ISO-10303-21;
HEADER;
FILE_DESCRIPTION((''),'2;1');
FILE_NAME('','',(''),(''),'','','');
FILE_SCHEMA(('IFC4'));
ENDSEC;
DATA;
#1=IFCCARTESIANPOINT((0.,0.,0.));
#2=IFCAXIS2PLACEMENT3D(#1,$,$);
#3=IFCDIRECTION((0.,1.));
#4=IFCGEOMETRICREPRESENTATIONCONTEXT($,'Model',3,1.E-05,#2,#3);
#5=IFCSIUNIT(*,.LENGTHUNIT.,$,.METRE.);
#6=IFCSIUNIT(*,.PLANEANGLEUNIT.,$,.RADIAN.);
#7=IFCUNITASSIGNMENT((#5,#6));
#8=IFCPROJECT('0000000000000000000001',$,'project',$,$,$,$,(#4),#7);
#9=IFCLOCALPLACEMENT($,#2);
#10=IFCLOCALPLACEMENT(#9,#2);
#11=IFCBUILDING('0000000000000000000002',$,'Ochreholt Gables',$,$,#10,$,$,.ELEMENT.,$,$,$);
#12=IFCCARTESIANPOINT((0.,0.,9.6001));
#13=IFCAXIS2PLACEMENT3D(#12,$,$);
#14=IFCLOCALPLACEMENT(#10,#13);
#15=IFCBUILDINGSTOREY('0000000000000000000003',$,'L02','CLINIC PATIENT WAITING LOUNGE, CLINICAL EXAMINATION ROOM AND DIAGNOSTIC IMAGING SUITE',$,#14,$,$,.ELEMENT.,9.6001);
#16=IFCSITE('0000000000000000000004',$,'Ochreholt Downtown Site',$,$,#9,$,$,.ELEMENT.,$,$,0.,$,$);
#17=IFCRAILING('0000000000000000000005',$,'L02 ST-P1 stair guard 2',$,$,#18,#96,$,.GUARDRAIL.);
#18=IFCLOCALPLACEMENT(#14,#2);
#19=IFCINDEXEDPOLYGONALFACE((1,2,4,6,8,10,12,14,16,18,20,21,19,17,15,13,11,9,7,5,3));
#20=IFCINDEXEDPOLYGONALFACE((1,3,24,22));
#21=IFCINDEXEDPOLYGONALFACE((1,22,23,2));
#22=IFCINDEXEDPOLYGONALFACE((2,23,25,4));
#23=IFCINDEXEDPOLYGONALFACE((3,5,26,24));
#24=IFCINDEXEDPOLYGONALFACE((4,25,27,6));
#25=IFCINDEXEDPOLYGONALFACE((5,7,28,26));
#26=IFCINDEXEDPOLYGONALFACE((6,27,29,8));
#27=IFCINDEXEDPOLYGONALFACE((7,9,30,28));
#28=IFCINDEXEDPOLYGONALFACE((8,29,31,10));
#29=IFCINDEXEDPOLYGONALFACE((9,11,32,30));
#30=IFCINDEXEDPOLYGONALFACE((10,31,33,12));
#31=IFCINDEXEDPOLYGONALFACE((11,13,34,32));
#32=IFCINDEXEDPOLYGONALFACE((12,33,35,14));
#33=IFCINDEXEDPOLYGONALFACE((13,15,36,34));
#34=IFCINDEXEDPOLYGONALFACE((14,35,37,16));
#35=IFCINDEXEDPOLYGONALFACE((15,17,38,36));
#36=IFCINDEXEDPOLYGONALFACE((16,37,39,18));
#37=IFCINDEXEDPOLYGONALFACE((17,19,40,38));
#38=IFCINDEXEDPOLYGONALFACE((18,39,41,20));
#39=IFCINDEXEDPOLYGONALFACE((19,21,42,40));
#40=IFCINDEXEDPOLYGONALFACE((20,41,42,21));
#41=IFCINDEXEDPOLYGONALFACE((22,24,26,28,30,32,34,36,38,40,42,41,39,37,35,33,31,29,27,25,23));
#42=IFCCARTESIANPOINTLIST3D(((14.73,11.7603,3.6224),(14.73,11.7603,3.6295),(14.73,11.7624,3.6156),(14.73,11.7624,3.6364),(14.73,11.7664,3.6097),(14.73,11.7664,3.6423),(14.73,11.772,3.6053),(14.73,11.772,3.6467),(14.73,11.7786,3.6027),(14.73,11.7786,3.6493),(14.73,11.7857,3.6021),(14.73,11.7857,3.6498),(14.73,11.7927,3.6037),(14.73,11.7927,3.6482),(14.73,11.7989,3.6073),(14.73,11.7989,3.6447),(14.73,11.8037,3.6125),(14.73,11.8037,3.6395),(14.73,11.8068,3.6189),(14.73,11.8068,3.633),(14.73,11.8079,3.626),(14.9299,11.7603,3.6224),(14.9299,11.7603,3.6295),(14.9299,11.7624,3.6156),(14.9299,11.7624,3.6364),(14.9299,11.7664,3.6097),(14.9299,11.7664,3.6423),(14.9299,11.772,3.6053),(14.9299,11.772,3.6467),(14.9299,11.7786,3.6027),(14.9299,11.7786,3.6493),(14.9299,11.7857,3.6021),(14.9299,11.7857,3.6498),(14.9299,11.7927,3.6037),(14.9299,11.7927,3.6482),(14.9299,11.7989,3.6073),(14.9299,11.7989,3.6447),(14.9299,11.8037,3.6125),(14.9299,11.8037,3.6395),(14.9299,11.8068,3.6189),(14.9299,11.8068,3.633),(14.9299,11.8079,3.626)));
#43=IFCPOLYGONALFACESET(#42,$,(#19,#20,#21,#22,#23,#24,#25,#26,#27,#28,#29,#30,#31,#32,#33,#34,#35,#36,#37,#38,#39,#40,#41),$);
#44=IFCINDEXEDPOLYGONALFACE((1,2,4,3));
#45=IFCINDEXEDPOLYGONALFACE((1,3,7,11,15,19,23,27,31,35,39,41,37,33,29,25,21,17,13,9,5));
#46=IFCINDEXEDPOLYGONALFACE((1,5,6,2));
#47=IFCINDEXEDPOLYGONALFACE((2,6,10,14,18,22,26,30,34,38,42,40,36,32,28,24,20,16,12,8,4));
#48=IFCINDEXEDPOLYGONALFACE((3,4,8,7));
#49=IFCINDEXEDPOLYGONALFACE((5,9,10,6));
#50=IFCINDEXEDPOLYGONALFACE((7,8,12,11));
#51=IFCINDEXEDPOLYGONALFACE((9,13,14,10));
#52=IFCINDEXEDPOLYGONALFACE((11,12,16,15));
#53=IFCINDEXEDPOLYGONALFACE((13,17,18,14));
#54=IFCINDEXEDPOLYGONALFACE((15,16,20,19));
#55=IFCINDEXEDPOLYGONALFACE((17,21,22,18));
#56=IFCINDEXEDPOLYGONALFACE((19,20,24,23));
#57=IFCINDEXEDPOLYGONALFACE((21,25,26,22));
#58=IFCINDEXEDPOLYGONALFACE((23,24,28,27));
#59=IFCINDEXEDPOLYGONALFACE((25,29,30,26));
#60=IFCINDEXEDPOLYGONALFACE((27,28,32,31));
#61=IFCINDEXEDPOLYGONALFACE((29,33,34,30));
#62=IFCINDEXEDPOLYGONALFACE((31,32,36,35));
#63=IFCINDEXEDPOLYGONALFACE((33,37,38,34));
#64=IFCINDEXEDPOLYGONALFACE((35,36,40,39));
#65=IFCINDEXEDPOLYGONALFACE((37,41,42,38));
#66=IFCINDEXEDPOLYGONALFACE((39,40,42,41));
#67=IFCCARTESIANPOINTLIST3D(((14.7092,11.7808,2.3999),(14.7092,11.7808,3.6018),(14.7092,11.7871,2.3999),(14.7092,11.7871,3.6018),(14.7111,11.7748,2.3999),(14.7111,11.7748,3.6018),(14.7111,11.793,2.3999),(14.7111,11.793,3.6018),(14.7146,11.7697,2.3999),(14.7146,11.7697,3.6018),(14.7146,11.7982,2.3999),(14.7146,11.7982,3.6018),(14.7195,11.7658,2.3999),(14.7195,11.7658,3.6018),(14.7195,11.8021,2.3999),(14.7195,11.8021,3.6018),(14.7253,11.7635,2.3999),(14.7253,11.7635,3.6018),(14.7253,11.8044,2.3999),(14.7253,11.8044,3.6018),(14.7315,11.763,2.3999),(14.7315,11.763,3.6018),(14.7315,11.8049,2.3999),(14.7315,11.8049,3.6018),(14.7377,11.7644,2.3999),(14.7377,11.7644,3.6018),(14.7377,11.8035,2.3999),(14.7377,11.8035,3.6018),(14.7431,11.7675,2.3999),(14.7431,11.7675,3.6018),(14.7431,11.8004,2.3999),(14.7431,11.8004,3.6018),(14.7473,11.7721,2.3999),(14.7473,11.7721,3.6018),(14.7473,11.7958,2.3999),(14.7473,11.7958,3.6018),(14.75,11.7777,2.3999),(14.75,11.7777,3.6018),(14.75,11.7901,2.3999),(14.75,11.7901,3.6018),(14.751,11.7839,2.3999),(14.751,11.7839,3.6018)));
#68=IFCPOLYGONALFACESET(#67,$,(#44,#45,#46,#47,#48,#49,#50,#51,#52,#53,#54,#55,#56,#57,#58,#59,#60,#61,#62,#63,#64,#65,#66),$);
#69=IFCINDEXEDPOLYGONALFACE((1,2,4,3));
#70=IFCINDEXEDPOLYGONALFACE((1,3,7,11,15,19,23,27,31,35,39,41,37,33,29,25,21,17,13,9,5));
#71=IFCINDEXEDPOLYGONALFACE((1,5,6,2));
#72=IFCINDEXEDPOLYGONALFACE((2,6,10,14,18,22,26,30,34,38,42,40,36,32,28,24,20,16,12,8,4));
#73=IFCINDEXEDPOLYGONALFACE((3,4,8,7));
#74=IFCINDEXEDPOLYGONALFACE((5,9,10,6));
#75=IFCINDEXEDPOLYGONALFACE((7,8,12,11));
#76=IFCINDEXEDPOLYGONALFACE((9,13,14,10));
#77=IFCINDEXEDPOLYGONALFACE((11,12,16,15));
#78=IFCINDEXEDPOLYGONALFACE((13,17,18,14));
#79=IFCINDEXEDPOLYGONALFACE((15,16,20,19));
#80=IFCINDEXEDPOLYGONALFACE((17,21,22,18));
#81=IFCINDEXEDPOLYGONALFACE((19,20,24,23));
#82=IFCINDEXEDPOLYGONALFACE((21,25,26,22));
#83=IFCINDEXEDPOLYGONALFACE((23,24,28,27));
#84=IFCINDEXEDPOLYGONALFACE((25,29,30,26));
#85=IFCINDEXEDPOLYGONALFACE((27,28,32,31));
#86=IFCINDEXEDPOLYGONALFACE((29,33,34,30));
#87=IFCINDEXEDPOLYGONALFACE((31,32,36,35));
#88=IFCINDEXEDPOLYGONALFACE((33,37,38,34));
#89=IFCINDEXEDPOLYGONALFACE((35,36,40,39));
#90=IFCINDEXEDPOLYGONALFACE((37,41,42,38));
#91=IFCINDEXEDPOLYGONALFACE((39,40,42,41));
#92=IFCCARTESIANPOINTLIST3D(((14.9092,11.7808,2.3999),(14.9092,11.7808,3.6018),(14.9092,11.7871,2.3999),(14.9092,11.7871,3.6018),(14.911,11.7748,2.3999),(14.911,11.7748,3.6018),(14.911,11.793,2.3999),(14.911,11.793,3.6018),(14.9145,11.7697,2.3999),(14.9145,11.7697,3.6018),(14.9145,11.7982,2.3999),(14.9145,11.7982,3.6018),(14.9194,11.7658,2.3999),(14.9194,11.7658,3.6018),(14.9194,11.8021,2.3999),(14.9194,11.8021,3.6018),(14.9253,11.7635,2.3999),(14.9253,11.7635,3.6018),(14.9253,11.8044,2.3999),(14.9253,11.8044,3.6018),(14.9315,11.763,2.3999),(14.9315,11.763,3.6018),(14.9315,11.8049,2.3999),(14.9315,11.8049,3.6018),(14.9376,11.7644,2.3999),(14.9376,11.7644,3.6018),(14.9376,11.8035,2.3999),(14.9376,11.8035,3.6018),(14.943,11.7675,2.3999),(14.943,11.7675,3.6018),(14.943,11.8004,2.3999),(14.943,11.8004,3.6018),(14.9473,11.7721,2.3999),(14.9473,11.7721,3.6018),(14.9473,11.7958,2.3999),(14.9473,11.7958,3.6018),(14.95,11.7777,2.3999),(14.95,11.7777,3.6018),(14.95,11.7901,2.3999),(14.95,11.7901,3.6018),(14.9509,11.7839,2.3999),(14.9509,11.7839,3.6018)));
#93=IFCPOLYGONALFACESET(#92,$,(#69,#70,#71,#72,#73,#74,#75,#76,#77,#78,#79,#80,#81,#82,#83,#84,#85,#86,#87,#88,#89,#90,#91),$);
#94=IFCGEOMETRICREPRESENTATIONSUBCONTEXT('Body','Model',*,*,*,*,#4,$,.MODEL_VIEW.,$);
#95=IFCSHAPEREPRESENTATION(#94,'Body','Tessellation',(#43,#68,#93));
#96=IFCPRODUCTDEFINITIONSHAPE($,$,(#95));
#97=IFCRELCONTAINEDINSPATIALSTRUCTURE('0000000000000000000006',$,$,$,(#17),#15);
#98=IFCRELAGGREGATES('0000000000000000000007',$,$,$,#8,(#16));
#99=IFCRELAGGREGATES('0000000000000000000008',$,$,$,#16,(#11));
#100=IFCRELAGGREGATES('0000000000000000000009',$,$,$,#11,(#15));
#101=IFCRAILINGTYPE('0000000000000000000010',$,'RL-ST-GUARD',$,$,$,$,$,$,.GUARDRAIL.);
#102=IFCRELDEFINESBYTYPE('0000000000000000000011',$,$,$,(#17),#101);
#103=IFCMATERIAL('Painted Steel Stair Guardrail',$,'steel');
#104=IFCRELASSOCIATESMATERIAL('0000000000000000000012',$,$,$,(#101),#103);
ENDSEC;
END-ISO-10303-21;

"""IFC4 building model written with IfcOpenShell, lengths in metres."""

from ifc_helpers import new_model, si_unit, direction, frame, origin, origin_2d, place, context, subcontext, project, spatial, circle, extrude, material, type_object, element, save


model = new_model("IFC4")

# Units and contexts
model_context = context("Model", 3, precision=1e-05, world=origin(), true_north=direction((0.0, 1.0)))
body_context = subcontext(model_context, "Body", "Model", "MODEL_VIEW")
ifc_project = project(units=[si_unit("LENGTHUNIT", "METRE"), si_unit("PLANEANGLEUNIT", "RADIAN")], contexts=[model_context])

# Site, building, storey
site_placement = place(None, origin())
site = spatial("IfcSite", under=ifc_project, at=site_placement, Name="Ochreholt Downtown Site", CompositionType="ELEMENT", RefElevation=0.0)
building_placement = place(site_placement, origin())
building = spatial("IfcBuilding", under=site, at=building_placement, Name="Ochreholt Gables", CompositionType="ELEMENT")
storey_placement = place(building_placement, frame((0.0, 0.0, 9.6001)))
storey = spatial("IfcBuildingStorey", under=building, at=storey_placement, Name="L02", Description="CLINIC PATIENT WAITING LOUNGE, CLINICAL EXAMINATION ROOM AND DIAGNOSTIC IMAGING SUITE", CompositionType="ELEMENT", Elevation=9.6001)

# Railing
ifc_material_1 = material(Name="Painted Steel Stair Guardrail", Category="steel")
railing_type_1 = type_object("IfcRailingType", Name="RL-ST-GUARD", PredefinedType="GUARDRAIL", material=ifc_material_1)
railing_1_placement = place(storey_placement, frame((14.73, 11.7839, 2.3999)))
element("IfcRailing", 1, at=railing_1_placement, inside=storey, type_object=railing_type_1, Name="L02 ST-P1 stair guard 2", PredefinedType="GUARDRAIL", context=body_context, shape_type="SweptSolid", body=[
    extrude(circle(Radius=0.0239, at=origin_2d()), frame((0.0, 0.0, 1.2261), z_axis=(1.0, 0.0, 0.0), x_axis=(0.0, 1.0, 0.0)), (0.0, 0.0, 1.0), 0.2),
    extrude(circle(Radius=0.021, at=origin_2d()), origin(), (0.0, 0.0, 1.0), 1.2019),
    extrude(circle(Radius=0.021, at=origin_2d()), frame((0.2, 0.0, 0.0)), (0.0, 0.0, 1.0), 1.2019),
])

save(model, "model.ifc")
